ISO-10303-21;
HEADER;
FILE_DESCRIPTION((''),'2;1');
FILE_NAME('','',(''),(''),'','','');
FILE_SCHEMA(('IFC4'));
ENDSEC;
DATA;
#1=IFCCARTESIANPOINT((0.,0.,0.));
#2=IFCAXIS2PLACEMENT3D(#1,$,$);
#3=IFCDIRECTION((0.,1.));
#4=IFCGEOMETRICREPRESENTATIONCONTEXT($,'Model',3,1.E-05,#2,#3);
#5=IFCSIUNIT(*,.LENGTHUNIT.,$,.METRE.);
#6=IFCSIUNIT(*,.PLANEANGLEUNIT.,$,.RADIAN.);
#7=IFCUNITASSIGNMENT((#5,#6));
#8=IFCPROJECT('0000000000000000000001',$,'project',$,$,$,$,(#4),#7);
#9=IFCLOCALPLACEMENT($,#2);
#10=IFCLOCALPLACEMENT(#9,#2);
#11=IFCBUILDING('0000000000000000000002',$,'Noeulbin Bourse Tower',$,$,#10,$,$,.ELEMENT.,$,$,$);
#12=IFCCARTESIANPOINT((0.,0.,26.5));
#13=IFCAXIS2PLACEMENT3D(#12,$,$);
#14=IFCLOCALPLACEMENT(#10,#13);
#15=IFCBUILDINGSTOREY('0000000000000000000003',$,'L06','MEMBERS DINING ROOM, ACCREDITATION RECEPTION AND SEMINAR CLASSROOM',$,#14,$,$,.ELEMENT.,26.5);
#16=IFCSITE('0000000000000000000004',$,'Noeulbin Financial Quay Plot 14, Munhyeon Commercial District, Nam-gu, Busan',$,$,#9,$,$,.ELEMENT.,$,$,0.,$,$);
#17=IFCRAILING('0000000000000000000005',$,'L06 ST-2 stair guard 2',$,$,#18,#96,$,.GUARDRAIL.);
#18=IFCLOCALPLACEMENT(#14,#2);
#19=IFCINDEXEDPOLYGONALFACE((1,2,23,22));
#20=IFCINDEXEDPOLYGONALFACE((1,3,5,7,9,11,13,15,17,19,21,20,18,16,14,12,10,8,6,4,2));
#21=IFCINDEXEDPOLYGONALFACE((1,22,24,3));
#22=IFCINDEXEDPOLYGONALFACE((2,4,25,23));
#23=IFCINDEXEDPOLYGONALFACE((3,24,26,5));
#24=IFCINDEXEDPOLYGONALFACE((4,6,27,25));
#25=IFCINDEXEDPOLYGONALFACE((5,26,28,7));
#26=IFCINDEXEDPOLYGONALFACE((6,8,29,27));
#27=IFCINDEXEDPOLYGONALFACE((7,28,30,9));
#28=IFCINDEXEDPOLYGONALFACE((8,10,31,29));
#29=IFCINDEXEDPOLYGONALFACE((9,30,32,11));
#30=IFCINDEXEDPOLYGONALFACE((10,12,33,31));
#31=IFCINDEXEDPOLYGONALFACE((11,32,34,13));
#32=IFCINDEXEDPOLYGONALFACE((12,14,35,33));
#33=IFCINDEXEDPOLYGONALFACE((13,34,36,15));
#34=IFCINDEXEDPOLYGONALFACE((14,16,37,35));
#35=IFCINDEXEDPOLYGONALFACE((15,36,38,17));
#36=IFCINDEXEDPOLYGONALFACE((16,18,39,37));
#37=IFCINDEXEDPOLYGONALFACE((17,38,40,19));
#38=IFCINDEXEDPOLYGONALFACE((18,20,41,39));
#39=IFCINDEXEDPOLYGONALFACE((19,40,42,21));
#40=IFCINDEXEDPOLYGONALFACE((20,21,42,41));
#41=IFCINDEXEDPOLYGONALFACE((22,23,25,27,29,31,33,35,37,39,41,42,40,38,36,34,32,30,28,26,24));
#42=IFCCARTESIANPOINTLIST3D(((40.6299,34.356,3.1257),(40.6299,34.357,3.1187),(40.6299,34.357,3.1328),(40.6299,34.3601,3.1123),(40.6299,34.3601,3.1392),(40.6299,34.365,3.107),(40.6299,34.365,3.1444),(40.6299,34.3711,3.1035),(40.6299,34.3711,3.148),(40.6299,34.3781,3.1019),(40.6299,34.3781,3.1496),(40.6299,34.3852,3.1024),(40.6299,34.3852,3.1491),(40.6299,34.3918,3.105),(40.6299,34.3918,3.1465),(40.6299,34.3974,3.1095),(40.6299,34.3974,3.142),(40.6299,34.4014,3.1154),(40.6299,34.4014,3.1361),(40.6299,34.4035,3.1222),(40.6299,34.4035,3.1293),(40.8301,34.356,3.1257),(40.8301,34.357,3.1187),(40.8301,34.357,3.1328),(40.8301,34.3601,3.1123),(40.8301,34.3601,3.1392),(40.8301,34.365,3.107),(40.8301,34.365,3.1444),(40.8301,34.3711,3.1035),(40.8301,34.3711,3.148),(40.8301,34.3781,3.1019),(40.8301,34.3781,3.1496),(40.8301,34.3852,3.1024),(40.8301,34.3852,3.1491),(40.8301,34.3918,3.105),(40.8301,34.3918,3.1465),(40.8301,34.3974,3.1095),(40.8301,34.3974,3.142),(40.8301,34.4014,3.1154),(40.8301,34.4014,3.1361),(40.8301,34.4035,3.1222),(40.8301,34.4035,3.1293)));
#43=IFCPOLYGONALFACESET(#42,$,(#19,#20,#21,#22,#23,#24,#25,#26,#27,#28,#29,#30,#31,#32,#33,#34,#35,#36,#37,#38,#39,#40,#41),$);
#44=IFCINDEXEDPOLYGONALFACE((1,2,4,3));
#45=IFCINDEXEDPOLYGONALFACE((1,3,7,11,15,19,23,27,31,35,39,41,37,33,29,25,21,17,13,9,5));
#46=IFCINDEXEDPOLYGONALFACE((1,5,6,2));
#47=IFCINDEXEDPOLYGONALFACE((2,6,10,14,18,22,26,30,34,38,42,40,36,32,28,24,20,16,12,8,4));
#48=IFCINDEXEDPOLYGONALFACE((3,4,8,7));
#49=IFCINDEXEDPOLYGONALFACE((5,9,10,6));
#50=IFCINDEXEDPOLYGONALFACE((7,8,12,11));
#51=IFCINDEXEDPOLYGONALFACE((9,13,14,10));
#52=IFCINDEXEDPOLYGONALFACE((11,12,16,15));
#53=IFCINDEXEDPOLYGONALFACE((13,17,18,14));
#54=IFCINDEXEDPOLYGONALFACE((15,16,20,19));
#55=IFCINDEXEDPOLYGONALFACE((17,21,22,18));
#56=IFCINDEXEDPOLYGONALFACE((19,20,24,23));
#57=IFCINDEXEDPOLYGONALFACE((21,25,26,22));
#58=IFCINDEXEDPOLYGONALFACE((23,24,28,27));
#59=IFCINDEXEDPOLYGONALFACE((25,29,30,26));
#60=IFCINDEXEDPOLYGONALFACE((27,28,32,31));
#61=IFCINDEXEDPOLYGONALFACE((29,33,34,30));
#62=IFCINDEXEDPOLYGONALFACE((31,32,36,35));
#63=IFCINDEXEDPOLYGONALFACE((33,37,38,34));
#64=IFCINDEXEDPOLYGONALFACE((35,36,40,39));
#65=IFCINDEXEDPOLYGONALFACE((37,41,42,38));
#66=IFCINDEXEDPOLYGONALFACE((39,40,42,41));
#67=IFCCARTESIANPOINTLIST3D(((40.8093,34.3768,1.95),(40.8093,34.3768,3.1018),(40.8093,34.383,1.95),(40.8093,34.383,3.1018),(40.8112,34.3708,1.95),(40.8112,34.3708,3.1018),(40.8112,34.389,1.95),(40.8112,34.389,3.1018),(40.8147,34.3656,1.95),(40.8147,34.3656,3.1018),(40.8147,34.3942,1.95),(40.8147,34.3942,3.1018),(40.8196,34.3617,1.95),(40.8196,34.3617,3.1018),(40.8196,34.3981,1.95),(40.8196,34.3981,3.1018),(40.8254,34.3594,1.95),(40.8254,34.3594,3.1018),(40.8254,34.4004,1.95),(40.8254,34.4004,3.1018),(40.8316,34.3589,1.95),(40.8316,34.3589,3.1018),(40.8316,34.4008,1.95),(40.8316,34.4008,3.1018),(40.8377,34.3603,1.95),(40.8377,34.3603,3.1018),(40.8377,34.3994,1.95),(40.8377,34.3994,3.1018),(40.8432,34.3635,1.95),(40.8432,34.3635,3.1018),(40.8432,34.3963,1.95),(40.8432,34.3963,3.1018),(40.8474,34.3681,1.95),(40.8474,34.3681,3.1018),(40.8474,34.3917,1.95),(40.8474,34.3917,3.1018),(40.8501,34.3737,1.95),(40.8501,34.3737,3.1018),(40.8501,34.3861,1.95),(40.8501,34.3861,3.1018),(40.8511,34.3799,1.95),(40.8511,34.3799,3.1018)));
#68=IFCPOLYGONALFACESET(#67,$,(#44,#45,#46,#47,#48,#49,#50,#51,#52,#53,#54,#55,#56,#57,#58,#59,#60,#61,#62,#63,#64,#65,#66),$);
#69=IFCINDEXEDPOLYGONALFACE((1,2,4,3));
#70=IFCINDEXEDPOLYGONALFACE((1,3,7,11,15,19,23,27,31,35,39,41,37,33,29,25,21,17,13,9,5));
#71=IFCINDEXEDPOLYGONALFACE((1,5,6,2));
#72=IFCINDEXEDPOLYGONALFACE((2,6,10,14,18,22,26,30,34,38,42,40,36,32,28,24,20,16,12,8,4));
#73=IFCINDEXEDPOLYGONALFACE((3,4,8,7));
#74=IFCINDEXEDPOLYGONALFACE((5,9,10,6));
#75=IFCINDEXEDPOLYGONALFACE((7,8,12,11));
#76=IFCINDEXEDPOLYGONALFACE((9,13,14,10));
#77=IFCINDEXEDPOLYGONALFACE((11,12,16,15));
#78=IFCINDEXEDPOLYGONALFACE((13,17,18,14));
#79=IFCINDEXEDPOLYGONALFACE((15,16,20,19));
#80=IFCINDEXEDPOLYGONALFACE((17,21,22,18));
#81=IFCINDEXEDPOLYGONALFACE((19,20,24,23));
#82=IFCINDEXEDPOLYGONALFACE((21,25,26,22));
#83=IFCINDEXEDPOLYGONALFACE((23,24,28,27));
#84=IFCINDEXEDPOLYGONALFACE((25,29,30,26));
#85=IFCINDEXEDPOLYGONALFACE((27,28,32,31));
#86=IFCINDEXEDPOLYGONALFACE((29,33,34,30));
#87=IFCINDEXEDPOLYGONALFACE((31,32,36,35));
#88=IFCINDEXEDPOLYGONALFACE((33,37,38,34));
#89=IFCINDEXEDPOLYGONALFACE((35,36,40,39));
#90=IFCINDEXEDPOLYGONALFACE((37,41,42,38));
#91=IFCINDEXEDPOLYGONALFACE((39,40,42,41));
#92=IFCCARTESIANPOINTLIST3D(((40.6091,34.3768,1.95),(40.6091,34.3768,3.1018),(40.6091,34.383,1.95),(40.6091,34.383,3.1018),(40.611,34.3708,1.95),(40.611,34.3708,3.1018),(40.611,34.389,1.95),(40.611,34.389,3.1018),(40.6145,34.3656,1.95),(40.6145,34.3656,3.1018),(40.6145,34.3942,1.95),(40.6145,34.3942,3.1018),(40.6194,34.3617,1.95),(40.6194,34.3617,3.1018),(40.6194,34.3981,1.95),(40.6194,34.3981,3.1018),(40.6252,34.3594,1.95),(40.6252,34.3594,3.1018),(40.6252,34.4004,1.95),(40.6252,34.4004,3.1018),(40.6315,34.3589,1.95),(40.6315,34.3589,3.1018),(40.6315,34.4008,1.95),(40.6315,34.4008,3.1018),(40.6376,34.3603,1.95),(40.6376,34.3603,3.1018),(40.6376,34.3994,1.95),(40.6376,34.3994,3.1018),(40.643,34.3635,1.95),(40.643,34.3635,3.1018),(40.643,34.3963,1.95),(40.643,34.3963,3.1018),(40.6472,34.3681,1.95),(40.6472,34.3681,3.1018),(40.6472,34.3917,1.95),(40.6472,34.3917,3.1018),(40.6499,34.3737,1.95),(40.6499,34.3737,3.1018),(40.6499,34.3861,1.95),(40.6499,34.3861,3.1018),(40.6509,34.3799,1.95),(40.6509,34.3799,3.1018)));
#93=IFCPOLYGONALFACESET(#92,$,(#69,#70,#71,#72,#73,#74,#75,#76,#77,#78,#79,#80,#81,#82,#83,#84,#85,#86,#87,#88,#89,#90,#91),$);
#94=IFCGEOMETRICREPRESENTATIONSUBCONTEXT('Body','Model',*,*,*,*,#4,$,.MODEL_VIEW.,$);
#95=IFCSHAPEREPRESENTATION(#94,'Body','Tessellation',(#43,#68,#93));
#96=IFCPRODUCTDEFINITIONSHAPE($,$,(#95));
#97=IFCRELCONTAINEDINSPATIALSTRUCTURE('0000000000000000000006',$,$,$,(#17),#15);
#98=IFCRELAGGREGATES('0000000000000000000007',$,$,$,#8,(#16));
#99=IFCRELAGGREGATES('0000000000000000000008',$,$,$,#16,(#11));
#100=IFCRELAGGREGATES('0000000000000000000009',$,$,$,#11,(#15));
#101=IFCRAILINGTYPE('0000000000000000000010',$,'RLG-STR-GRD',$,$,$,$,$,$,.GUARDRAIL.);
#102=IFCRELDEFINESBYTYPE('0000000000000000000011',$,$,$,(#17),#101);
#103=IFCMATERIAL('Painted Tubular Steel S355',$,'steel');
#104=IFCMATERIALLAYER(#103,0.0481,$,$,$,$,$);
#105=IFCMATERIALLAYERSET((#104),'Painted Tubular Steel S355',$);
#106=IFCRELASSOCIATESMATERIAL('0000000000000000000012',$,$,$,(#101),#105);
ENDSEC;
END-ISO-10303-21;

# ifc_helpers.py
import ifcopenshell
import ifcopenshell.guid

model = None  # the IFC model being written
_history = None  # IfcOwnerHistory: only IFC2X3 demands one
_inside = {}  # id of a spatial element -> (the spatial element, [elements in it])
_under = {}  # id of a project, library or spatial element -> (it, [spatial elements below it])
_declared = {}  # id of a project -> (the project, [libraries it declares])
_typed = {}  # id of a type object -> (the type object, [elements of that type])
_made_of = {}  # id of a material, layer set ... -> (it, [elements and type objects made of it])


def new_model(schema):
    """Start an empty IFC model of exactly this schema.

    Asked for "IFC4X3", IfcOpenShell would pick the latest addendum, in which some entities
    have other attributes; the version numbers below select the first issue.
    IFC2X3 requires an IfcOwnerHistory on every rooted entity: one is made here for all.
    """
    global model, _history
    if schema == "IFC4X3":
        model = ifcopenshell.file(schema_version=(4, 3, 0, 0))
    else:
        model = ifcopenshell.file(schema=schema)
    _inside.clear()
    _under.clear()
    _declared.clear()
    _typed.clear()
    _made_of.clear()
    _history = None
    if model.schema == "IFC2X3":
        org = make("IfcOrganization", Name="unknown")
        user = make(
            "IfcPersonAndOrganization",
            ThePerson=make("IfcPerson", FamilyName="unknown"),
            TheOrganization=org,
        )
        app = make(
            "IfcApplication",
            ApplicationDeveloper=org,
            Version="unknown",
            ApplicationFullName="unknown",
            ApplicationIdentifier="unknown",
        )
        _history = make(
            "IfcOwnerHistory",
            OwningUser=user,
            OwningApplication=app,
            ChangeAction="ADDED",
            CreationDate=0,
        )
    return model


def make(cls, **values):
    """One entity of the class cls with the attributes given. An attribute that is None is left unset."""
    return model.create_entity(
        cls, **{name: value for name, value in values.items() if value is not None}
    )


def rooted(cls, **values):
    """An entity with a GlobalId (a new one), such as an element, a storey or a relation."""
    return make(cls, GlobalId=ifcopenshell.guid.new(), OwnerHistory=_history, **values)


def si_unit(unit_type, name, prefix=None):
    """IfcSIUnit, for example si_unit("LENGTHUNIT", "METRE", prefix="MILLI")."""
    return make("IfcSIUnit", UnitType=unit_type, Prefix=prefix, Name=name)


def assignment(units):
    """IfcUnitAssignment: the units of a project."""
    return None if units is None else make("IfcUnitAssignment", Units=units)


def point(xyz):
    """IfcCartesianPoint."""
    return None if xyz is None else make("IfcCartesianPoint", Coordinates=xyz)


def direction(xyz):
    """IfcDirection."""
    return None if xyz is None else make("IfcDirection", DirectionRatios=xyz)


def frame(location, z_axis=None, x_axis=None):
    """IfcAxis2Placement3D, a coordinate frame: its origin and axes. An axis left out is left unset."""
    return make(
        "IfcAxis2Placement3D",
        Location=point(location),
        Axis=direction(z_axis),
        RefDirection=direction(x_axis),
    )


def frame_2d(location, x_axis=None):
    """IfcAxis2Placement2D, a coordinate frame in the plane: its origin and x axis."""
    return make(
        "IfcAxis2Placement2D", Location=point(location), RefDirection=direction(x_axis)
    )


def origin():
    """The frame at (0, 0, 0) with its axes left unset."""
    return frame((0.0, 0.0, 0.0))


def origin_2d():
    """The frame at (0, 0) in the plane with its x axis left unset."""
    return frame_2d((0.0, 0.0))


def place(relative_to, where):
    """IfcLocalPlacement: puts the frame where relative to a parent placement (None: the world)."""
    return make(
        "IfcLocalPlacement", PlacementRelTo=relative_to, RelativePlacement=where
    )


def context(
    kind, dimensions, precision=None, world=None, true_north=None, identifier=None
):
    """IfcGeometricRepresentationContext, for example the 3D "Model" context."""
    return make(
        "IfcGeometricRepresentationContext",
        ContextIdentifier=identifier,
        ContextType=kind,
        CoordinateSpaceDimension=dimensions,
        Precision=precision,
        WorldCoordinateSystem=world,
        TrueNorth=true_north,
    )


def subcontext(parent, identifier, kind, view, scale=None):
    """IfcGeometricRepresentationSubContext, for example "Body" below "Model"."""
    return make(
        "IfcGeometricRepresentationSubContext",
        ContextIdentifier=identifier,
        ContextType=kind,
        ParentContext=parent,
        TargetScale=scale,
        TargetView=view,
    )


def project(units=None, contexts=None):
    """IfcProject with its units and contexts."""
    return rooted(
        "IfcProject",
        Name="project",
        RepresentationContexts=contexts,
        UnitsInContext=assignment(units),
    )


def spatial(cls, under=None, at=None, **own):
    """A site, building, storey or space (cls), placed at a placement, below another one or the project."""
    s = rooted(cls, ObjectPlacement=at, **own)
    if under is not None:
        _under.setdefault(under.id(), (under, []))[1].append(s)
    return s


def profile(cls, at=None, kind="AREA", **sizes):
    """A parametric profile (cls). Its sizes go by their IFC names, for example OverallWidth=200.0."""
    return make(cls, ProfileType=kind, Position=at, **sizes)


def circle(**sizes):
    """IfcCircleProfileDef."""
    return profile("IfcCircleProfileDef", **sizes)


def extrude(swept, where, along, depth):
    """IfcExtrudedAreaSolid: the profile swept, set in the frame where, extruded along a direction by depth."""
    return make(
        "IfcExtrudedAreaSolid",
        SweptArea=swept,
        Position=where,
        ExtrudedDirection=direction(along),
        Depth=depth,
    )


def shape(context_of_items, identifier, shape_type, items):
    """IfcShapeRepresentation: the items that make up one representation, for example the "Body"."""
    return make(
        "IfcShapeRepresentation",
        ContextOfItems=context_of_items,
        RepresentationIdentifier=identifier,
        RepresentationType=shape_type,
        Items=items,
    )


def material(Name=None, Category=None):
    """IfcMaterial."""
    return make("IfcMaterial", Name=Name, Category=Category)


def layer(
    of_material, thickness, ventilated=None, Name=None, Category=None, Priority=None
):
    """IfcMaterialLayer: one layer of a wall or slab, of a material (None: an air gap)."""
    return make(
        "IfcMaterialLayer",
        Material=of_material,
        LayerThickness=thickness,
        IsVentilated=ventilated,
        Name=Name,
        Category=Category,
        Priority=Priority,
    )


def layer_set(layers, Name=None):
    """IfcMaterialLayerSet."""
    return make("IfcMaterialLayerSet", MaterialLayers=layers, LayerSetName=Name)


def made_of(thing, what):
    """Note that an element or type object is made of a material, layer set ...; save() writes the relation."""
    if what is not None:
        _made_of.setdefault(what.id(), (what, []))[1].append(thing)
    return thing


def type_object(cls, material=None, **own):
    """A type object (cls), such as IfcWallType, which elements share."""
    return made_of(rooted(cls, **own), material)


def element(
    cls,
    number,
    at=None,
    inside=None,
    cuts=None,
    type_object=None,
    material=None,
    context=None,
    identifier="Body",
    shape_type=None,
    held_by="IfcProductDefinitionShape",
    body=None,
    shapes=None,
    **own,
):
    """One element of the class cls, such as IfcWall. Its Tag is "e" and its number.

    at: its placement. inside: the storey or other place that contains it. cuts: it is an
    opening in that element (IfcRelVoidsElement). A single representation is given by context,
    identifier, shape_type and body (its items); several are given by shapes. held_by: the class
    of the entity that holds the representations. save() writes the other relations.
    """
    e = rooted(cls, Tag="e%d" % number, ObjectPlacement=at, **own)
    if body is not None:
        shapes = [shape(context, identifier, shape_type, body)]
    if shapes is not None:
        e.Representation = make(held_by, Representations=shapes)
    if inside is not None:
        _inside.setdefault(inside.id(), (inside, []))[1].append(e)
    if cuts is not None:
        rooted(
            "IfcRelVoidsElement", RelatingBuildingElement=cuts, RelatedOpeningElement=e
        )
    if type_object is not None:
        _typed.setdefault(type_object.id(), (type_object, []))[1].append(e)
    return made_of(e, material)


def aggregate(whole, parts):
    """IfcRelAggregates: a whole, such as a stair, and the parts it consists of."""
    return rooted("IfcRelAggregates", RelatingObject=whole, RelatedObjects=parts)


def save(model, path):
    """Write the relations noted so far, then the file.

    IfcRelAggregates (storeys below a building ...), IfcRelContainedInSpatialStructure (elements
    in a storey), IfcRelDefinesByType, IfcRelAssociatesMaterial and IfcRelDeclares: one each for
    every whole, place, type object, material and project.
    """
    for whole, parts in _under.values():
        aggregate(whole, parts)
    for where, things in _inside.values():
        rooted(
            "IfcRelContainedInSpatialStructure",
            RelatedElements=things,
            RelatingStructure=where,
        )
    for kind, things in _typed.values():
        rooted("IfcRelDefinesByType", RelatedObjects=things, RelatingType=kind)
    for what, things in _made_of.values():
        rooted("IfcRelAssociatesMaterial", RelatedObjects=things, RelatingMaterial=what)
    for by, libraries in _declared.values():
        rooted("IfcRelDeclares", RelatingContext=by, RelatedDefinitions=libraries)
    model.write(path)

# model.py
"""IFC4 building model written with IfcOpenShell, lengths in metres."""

from ifc_helpers import new_model, si_unit, direction, frame, origin, origin_2d, place, context, subcontext, project, spatial, circle, extrude, material, layer, layer_set, type_object, element, save


model = new_model("IFC4")

# Units and contexts
model_context = context("Model", 3, precision=1e-05, world=origin(), true_north=direction((0.0, 1.0)))
body_context = subcontext(model_context, "Body", "Model", "MODEL_VIEW")
ifc_project = project(units=[si_unit("LENGTHUNIT", "METRE"), si_unit("PLANEANGLEUNIT", "RADIAN")], contexts=[model_context])

# Site, building, storey
site_placement = place(None, origin())
site = spatial("IfcSite", under=ifc_project, at=site_placement, Name="Noeulbin Financial Quay Plot 14, Munhyeon Commercial District, Nam-gu, Busan", CompositionType="ELEMENT", RefElevation=0.0)
building_placement = place(site_placement, origin())
building = spatial("IfcBuilding", under=site, at=building_placement, Name="Noeulbin Bourse Tower", CompositionType="ELEMENT")
storey_placement = place(building_placement, frame((0.0, 0.0, 26.5)))
storey = spatial("IfcBuildingStorey", under=building, at=storey_placement, Name="L06", Description="MEMBERS DINING ROOM, ACCREDITATION RECEPTION AND SEMINAR CLASSROOM", CompositionType="ELEMENT", Elevation=26.5)

# Railing
ifc_material_1 = material(Name="Painted Tubular Steel S355", Category="steel")
ifc_layer_1 = layer(ifc_material_1, 0.0481)
ifc_layer_set_1 = layer_set([ifc_layer_1], Name="Painted Tubular Steel S355")
railing_type_1 = type_object("IfcRailingType", Name="RLG-STR-GRD", PredefinedType="GUARDRAIL", material=ifc_layer_set_1)
railing_1_placement = place(storey_placement, frame((40.8301, 34.3799, 1.95)))
element("IfcRailing", 1, at=railing_1_placement, inside=storey, type_object=railing_type_1, Name="L06 ST-2 stair guard 2", PredefinedType="GUARDRAIL", context=body_context, shape_type="SweptSolid", body=[
    extrude(circle(Radius=0.0239, at=origin_2d()), frame((0.0, 0.0, 1.1758), z_axis=(-1.0, 0.0, 0.0), x_axis=(0.0, -1.0, 0.0)), (0.0, 0.0, 1.0), 0.2002),
    extrude(circle(Radius=0.021, at=origin_2d()), origin(), (0.0, 0.0, 1.0), 1.1519),
    extrude(circle(Radius=0.021, at=origin_2d()), frame((-0.2002, 0.0, 0.0)), (0.0, 0.0, 1.0), 1.1519),
])

save(model, "model.ifc")
